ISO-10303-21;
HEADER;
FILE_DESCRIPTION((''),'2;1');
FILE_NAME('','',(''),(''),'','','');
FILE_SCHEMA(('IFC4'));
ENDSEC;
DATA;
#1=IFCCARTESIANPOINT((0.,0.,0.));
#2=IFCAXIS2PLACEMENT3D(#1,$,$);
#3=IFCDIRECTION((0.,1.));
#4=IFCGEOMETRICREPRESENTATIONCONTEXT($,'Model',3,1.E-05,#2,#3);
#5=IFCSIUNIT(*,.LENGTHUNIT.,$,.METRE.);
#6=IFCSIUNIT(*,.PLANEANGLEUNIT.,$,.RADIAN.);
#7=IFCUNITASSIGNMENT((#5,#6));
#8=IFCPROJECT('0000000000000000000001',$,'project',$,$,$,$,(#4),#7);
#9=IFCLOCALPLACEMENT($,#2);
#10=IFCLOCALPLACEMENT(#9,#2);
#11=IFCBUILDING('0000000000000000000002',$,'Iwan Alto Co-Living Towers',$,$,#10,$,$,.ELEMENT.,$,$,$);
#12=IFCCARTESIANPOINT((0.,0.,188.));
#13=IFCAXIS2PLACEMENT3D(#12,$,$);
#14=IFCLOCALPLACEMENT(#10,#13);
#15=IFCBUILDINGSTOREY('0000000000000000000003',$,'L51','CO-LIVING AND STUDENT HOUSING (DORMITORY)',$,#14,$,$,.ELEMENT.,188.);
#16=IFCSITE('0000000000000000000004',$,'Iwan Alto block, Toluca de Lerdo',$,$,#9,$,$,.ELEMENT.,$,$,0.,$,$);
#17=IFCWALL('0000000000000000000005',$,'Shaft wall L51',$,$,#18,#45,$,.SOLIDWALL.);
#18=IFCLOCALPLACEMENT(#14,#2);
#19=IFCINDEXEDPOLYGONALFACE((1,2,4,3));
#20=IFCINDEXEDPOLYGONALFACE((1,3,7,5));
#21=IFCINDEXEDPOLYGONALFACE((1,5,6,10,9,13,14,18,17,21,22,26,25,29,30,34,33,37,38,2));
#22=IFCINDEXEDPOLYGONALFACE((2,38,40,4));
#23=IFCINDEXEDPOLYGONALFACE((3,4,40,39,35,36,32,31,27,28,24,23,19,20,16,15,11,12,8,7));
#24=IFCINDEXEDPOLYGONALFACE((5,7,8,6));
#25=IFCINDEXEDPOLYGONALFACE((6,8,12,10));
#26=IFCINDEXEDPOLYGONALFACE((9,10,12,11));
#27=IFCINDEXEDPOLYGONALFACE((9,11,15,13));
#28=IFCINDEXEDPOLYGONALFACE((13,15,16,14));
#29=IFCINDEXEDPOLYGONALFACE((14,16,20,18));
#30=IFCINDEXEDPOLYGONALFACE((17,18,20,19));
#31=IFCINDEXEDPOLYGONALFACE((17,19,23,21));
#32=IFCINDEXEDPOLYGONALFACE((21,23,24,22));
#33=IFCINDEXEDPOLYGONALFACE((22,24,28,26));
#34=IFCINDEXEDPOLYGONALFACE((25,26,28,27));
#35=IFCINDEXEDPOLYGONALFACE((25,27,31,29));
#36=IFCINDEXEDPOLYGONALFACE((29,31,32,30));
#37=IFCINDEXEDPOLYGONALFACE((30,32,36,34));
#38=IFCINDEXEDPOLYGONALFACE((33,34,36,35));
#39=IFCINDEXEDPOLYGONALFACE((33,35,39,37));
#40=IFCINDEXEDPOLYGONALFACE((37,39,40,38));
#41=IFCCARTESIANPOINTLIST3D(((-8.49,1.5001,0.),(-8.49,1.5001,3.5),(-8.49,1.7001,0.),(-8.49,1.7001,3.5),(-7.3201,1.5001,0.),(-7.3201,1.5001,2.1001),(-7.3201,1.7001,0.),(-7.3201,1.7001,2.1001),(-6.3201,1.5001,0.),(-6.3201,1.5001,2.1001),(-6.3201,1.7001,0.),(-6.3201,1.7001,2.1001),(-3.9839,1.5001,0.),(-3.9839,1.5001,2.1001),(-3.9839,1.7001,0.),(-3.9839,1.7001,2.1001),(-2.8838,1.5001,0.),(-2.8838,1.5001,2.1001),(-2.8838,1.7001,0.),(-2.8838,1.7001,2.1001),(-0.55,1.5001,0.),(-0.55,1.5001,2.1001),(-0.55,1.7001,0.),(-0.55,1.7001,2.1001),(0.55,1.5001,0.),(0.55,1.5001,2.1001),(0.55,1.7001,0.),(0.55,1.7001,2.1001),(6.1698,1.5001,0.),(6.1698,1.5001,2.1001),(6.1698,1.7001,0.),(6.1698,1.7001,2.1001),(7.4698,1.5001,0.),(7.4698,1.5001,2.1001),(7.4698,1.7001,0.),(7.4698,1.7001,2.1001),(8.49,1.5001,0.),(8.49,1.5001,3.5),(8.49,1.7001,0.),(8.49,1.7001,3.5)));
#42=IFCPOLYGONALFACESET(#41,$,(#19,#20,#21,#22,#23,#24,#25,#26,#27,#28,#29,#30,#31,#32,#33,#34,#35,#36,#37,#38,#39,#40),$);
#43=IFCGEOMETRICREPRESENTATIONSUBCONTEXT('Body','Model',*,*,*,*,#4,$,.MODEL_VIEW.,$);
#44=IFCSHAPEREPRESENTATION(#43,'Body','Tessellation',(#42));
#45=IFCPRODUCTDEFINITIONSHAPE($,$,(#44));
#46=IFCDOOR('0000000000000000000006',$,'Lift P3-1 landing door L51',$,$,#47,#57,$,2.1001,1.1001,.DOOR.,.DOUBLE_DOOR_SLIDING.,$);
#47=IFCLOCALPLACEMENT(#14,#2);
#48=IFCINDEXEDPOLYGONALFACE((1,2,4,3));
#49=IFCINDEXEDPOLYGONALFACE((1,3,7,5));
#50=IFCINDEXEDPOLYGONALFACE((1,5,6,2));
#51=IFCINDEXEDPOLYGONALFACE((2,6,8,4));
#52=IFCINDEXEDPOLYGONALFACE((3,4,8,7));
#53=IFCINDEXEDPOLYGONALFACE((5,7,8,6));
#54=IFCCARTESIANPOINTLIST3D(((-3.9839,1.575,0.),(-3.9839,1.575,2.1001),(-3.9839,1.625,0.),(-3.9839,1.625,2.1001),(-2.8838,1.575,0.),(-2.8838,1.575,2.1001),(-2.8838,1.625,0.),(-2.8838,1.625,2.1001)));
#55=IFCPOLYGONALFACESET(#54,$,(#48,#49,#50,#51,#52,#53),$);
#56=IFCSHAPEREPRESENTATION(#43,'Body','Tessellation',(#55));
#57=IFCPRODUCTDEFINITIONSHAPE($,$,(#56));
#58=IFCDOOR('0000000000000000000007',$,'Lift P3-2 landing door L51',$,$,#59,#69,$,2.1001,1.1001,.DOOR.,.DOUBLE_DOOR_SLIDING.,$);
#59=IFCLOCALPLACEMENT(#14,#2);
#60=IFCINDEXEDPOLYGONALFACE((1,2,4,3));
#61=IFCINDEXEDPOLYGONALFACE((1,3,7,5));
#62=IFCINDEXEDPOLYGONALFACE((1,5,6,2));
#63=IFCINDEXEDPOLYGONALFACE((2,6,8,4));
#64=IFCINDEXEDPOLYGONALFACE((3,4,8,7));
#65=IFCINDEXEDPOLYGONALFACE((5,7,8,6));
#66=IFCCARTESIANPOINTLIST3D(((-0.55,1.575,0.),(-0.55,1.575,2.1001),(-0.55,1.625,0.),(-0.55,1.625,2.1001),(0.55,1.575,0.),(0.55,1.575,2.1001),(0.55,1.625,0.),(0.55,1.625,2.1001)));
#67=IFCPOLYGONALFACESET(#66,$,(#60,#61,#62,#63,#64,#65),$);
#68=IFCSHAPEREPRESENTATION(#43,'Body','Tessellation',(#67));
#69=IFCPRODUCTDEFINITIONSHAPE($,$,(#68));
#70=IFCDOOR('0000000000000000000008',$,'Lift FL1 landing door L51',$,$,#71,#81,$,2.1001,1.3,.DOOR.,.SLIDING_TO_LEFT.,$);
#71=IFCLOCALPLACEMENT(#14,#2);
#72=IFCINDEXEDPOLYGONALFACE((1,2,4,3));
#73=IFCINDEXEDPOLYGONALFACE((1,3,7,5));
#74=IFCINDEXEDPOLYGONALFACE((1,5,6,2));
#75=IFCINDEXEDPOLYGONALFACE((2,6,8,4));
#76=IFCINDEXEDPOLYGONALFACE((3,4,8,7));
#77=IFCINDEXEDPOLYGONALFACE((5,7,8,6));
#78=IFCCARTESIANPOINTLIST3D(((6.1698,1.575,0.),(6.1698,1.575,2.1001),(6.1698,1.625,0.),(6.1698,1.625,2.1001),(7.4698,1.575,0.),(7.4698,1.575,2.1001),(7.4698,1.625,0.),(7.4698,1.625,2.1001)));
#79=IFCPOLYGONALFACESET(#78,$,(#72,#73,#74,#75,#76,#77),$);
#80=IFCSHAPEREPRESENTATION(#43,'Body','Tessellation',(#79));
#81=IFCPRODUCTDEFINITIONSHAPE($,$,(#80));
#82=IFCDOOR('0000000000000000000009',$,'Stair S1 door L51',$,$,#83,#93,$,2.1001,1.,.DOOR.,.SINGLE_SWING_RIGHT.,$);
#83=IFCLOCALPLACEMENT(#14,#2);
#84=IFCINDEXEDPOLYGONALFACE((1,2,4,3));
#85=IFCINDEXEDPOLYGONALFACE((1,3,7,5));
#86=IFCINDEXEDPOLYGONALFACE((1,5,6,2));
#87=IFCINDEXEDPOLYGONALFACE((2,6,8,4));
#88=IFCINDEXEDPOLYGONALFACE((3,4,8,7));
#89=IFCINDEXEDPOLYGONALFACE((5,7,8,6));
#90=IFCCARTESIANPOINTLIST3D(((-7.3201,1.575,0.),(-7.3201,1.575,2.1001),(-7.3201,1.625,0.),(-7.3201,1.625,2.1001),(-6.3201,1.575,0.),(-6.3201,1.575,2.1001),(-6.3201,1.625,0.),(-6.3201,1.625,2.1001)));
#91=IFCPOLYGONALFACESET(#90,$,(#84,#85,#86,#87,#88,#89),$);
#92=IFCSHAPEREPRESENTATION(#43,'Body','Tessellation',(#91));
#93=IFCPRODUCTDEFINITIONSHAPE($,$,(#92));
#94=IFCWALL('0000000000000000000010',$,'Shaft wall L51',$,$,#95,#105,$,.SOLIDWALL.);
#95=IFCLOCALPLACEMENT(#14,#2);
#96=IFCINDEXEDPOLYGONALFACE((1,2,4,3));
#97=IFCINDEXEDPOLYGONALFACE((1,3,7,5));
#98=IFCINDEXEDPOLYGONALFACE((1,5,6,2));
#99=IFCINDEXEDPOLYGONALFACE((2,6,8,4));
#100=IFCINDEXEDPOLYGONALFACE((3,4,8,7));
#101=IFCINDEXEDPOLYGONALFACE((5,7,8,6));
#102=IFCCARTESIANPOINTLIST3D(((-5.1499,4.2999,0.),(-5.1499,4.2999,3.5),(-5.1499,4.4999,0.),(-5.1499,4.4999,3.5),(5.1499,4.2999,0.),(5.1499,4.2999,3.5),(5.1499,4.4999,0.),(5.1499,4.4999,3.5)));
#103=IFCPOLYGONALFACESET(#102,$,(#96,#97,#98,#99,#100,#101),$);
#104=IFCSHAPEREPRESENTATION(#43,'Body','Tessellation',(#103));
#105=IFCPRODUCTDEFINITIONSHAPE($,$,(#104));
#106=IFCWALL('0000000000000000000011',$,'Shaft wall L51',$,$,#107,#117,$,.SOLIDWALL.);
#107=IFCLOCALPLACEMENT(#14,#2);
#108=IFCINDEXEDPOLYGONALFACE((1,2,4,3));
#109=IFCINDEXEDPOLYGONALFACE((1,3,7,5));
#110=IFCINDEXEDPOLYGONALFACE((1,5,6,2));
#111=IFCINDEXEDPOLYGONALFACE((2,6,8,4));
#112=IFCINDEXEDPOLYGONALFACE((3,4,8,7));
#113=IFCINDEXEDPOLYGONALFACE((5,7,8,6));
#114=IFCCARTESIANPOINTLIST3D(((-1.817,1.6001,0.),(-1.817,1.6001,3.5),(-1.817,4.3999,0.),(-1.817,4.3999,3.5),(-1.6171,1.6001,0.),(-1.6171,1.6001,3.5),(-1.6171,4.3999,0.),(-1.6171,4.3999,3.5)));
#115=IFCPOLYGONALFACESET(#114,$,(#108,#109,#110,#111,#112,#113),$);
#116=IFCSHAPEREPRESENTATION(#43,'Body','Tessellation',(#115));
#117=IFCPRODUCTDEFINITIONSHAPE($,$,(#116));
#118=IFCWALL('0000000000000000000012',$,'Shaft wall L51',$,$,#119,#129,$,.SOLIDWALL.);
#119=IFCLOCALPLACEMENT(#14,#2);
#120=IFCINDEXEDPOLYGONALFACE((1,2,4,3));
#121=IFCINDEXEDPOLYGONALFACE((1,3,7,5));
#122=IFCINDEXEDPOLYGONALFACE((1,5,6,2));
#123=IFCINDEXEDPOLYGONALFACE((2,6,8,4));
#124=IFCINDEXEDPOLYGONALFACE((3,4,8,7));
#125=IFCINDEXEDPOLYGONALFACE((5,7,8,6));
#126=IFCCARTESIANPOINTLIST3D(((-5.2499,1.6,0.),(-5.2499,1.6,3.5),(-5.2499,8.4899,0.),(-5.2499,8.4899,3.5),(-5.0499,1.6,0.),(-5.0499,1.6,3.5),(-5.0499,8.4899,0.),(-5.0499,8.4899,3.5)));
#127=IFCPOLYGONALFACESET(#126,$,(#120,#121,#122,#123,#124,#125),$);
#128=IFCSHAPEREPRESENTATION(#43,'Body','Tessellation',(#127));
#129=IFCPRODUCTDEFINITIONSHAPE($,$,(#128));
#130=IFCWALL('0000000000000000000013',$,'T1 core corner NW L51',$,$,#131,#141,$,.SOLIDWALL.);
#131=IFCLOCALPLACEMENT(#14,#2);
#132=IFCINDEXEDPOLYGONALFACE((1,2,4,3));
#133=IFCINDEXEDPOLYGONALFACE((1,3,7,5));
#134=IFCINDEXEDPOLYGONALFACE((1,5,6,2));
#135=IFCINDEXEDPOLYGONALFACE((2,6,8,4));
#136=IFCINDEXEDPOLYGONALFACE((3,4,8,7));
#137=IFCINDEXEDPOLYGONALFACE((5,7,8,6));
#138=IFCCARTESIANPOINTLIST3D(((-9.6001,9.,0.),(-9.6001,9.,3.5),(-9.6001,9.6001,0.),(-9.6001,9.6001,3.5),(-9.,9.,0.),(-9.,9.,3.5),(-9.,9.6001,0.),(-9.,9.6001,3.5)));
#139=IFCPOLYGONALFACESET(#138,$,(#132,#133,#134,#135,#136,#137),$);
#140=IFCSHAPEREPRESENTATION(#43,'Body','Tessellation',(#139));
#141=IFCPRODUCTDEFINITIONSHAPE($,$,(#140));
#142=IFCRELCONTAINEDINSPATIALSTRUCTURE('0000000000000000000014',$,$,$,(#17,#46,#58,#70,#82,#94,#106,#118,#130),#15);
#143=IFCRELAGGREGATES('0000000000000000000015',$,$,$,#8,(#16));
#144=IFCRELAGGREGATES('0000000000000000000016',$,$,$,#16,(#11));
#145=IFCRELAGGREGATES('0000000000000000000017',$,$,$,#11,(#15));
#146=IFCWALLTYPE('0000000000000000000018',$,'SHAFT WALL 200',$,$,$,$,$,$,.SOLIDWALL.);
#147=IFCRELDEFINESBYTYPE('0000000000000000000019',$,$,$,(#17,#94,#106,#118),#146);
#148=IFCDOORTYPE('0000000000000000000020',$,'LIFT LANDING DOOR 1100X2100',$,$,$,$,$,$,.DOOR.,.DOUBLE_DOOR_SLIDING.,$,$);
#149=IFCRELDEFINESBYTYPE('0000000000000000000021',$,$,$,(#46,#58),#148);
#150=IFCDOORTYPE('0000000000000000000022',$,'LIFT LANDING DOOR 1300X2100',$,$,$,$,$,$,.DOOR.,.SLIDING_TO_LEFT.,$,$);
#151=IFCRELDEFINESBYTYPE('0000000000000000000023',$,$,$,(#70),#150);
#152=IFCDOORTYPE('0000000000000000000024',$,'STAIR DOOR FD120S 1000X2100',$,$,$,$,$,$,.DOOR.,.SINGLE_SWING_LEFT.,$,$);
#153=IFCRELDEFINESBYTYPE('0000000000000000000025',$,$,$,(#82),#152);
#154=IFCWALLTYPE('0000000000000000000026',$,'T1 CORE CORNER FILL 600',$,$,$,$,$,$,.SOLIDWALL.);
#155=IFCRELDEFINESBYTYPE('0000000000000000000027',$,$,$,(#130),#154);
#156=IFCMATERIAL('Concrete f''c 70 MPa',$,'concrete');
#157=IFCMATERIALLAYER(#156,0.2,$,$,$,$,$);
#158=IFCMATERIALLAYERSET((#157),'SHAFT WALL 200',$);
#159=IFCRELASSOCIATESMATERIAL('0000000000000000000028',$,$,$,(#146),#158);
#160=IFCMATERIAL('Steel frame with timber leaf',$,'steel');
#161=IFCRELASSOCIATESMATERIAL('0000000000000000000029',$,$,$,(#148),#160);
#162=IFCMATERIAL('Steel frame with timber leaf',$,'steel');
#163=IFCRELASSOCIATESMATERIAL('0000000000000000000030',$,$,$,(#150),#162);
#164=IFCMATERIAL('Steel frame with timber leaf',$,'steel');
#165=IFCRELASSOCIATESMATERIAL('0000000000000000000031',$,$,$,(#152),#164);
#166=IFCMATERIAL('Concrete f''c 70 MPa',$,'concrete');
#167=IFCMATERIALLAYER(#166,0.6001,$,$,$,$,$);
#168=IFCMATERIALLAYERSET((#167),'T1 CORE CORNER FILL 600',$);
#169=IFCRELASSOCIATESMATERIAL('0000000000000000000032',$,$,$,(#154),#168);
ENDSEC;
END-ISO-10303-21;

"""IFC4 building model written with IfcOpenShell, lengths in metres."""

from ifc_helpers import new_model, si_unit, direction, frame, frame_2d, origin, place, context, subcontext, project, spatial, rectangle, extrude, material, layer, layer_set, type_object, element, fill, save


model = new_model("IFC4")

# Units and contexts
model_context = context("Model", 3, precision=1e-05, world=origin(), true_north=direction((0.0, 1.0)))
body_context = subcontext(model_context, "Body", "Model", "MODEL_VIEW")
ifc_project = project(units=[si_unit("LENGTHUNIT", "METRE"), si_unit("PLANEANGLEUNIT", "RADIAN")], contexts=[model_context])

# Site, building, storey
site_placement = place(None, origin())
site = spatial("IfcSite", under=ifc_project, at=site_placement, Name="Iwan Alto block, Toluca de Lerdo", CompositionType="ELEMENT", RefElevation=0.0)
building_placement = place(site_placement, origin())
building = spatial("IfcBuilding", under=site, at=building_placement, Name="Iwan Alto Co-Living Towers", CompositionType="ELEMENT")
storey_placement = place(building_placement, frame((0.0, 0.0, 188.0)))
storey = spatial("IfcBuildingStorey", under=building, at=storey_placement, Name="L51", Description="CO-LIVING AND STUDENT HOUSING (DORMITORY)", CompositionType="ELEMENT", Elevation=188.0)

# Wall, openings, doors
ifc_material_1 = material(Name="Concrete f'c 70 MPa", Category="concrete")
ifc_layer_1 = layer(ifc_material_1, 0.2)
ifc_layer_set_1 = layer_set([ifc_layer_1], Name="SHAFT WALL 200")
wall_type_1 = type_object("IfcWallType", Name="SHAFT WALL 200", PredefinedType="SOLIDWALL", material=ifc_layer_set_1)
wall_1_placement = place(storey_placement, frame((-8.49, 1.6001, 0.0), z_axis=(0.0, 0.0, 1.0), x_axis=(1.0, 0.0, 0.0)))
wall_1 = element("IfcWall", 1, at=wall_1_placement, inside=storey, type_object=wall_type_1, Name="Shaft wall L51", PredefinedType="SOLIDWALL", context=body_context, shape_type="SweptSolid", body=[
    extrude(rectangle(XDim=16.98, YDim=0.2, at=frame_2d((8.49, 0.0))), origin(), (0.0, 0.0, 1.0), 3.5),
])
opening_1_placement = place(wall_1_placement, frame((1.1699, 0.0, 0.0)))
opening_1 = element("IfcOpeningElement", 2, at=opening_1_placement, cuts=wall_1, PredefinedType="OPENING", context=body_context, shape_type="SweptSolid", body=[
    extrude(rectangle(XDim=1.0, YDim=2.1001, at=frame_2d((0.5, 1.05))), frame((0.0, 0.1099, 0.0), z_axis=(0.0, -1.0, 0.0), x_axis=(1.0, 0.0, 0.0)), (0.0, 0.0, 1.0), 0.22),
])
opening_2_placement = place(wall_1_placement, frame((4.5061, 0.0, 0.0)))
opening_2 = element("IfcOpeningElement", 3, at=opening_2_placement, cuts=wall_1, PredefinedType="OPENING", context=body_context, shape_type="SweptSolid", body=[
    extrude(rectangle(XDim=1.1001, YDim=2.1001, at=frame_2d((0.55, 1.05))), frame((0.0, 0.1099, 0.0), z_axis=(0.0, -1.0, 0.0), x_axis=(1.0, 0.0, 0.0)), (0.0, 0.0, 1.0), 0.22),
])
opening_3_placement = place(wall_1_placement, frame((7.9399, 0.0, 0.0)))
opening_3 = element("IfcOpeningElement", 4, at=opening_3_placement, cuts=wall_1, PredefinedType="OPENING", context=body_context, shape_type="SweptSolid", body=[
    extrude(rectangle(XDim=1.1001, YDim=2.1001, at=frame_2d((0.55, 1.05))), frame((0.0, 0.1099, 0.0), z_axis=(0.0, -1.0, 0.0), x_axis=(1.0, 0.0, 0.0)), (0.0, 0.0, 1.0), 0.22),
])
opening_4_placement = place(wall_1_placement, frame((14.6599, 0.0, 0.0)))
opening_4 = element("IfcOpeningElement", 5, at=opening_4_placement, cuts=wall_1, PredefinedType="OPENING", context=body_context, shape_type="SweptSolid", body=[
    extrude(rectangle(XDim=1.3, YDim=2.1001, at=frame_2d((0.6499, 1.05))), frame((0.0, 0.1099, 0.0), z_axis=(0.0, -1.0, 0.0), x_axis=(1.0, 0.0, 0.0)), (0.0, 0.0, 1.0), 0.22),
])
ifc_material_2 = material(Name="Steel frame with timber leaf", Category="steel")
door_type_1 = type_object("IfcDoorType", Name="LIFT LANDING DOOR 1100X2100", OperationType="DOUBLE_DOOR_SLIDING", PredefinedType="DOOR", material=ifc_material_2)
door_1_placement = place(opening_2_placement, origin())
door_1 = element("IfcDoor", 6, at=door_1_placement, inside=storey, type_object=door_type_1, Name="Lift P3-1 landing door L51", OperationType="DOUBLE_DOOR_SLIDING", OverallHeight=2.1001, OverallWidth=1.1001, PredefinedType="DOOR", context=body_context, shape_type="SweptSolid", body=[
    extrude(rectangle(XDim=1.1001, YDim=2.1001, at=frame_2d((0.55, 1.05))), frame((0.0, 0.0249, 0.0), z_axis=(0.0, -1.0, 0.0), x_axis=(1.0, 0.0, 0.0)), (0.0, 0.0, 1.0), 0.05),
])
fill(opening_2, door_1)
door_2_placement = place(opening_3_placement, origin())
door_2 = element("IfcDoor", 7, at=door_2_placement, inside=storey, type_object=door_type_1, Name="Lift P3-2 landing door L51", OperationType="DOUBLE_DOOR_SLIDING", OverallHeight=2.1001, OverallWidth=1.1001, PredefinedType="DOOR", context=body_context, shape_type="SweptSolid", body=[
    extrude(rectangle(XDim=1.1001, YDim=2.1001, at=frame_2d((0.55, 1.05))), frame((0.0, 0.0249, 0.0), z_axis=(0.0, -1.0, 0.0), x_axis=(1.0, 0.0, 0.0)), (0.0, 0.0, 1.0), 0.05),
])
fill(opening_3, door_2)
ifc_material_3 = material(Name="Steel frame with timber leaf", Category="steel")
door_type_2 = type_object("IfcDoorType", Name="LIFT LANDING DOOR 1300X2100", OperationType="SLIDING_TO_LEFT", PredefinedType="DOOR", material=ifc_material_3)
door_3_placement = place(opening_4_placement, origin())
door_3 = element("IfcDoor", 8, at=door_3_placement, inside=storey, type_object=door_type_2, Name="Lift FL1 landing door L51", OperationType="SLIDING_TO_LEFT", OverallHeight=2.1001, OverallWidth=1.3, PredefinedType="DOOR", context=body_context, shape_type="SweptSolid", body=[
    extrude(rectangle(XDim=1.3, YDim=2.1001, at=frame_2d((0.6499, 1.05))), frame((0.0, 0.0249, 0.0), z_axis=(0.0, -1.0, 0.0), x_axis=(1.0, 0.0, 0.0)), (0.0, 0.0, 1.0), 0.05),
])
fill(opening_4, door_3)
ifc_material_4 = material(Name="Steel frame with timber leaf", Category="steel")
door_type_3 = type_object("IfcDoorType", Name="STAIR DOOR FD120S 1000X2100", OperationType="SINGLE_SWING_LEFT", PredefinedType="DOOR", material=ifc_material_4)
door_4_placement = place(opening_1_placement, origin())
door_4 = element("IfcDoor", 9, at=door_4_placement, inside=storey, type_object=door_type_3, Name="Stair S1 door L51", OperationType="SINGLE_SWING_RIGHT", OverallHeight=2.1001, OverallWidth=1.0, PredefinedType="DOOR", context=body_context, shape_type="SweptSolid", body=[
    extrude(rectangle(XDim=1.0, YDim=2.1001, at=frame_2d((0.5, 1.05))), frame((0.0, 0.0249, 0.0), z_axis=(0.0, -1.0, 0.0), x_axis=(1.0, 0.0, 0.0)), (0.0, 0.0, 1.0), 0.05),
])
fill(opening_1, door_4)

# Walls
wall_2_placement = place(storey_placement, frame((-5.1499, 4.3999, 0.0), z_axis=(0.0, 0.0, 1.0), x_axis=(1.0, 0.0, 0.0)))
element("IfcWall", 10, at=wall_2_placement, inside=storey, type_object=wall_type_1, Name="Shaft wall L51", PredefinedType="SOLIDWALL", context=body_context, shape_type="SweptSolid", body=[
    extrude(rectangle(XDim=10.2998, YDim=0.2, at=frame_2d((5.1499, 0.0))), origin(), (0.0, 0.0, 1.0), 3.5),
])
wall_3_placement = place(storey_placement, frame((-1.717, 1.6001, 0.0), z_axis=(0.0, 0.0, 1.0), x_axis=(0.0, 1.0, 0.0)))
element("IfcWall", 11, at=wall_3_placement, inside=storey, type_object=wall_type_1, Name="Shaft wall L51", PredefinedType="SOLIDWALL", context=body_context, shape_type="SweptSolid", body=[
    extrude(rectangle(XDim=2.7998, YDim=0.2, at=frame_2d((1.3999, 0.0))), origin(), (0.0, 0.0, 1.0), 3.5),
])
wall_4_placement = place(storey_placement, frame((-5.1499, 1.6001, 0.0), z_axis=(0.0, 0.0, 1.0), x_axis=(0.0, 1.0, 0.0)))
element("IfcWall", 12, at=wall_4_placement, inside=storey, type_object=wall_type_1, Name="Shaft wall L51", PredefinedType="SOLIDWALL", context=body_context, shape_type="SweptSolid", body=[
    extrude(rectangle(XDim=6.8899, YDim=0.2, at=frame_2d((3.4448, 0.0))), origin(), (0.0, 0.0, 1.0), 3.5),
])
ifc_material_5 = material(Name="Concrete f'c 70 MPa", Category="concrete")
ifc_layer_2 = layer(ifc_material_5, 0.6001)
ifc_layer_set_2 = layer_set([ifc_layer_2], Name="T1 CORE CORNER FILL 600")
wall_type_2 = type_object("IfcWallType", Name="T1 CORE CORNER FILL 600", PredefinedType="SOLIDWALL", material=ifc_layer_set_2)
wall_5_placement = place(storey_placement, frame((-9.6001, 9.3, 0.0), z_axis=(0.0, 0.0, 1.0), x_axis=(1.0, 0.0, 0.0)))
element("IfcWall", 13, at=wall_5_placement, inside=storey, type_object=wall_type_2, Name="T1 core corner NW L51", PredefinedType="SOLIDWALL", context=body_context, shape_type="SweptSolid", body=[
    extrude(rectangle(XDim=0.6001, YDim=0.6001, at=frame_2d((0.3, 0.0))), origin(), (0.0, 0.0, 1.0), 3.5),
])

save(model, "model.ifc")
